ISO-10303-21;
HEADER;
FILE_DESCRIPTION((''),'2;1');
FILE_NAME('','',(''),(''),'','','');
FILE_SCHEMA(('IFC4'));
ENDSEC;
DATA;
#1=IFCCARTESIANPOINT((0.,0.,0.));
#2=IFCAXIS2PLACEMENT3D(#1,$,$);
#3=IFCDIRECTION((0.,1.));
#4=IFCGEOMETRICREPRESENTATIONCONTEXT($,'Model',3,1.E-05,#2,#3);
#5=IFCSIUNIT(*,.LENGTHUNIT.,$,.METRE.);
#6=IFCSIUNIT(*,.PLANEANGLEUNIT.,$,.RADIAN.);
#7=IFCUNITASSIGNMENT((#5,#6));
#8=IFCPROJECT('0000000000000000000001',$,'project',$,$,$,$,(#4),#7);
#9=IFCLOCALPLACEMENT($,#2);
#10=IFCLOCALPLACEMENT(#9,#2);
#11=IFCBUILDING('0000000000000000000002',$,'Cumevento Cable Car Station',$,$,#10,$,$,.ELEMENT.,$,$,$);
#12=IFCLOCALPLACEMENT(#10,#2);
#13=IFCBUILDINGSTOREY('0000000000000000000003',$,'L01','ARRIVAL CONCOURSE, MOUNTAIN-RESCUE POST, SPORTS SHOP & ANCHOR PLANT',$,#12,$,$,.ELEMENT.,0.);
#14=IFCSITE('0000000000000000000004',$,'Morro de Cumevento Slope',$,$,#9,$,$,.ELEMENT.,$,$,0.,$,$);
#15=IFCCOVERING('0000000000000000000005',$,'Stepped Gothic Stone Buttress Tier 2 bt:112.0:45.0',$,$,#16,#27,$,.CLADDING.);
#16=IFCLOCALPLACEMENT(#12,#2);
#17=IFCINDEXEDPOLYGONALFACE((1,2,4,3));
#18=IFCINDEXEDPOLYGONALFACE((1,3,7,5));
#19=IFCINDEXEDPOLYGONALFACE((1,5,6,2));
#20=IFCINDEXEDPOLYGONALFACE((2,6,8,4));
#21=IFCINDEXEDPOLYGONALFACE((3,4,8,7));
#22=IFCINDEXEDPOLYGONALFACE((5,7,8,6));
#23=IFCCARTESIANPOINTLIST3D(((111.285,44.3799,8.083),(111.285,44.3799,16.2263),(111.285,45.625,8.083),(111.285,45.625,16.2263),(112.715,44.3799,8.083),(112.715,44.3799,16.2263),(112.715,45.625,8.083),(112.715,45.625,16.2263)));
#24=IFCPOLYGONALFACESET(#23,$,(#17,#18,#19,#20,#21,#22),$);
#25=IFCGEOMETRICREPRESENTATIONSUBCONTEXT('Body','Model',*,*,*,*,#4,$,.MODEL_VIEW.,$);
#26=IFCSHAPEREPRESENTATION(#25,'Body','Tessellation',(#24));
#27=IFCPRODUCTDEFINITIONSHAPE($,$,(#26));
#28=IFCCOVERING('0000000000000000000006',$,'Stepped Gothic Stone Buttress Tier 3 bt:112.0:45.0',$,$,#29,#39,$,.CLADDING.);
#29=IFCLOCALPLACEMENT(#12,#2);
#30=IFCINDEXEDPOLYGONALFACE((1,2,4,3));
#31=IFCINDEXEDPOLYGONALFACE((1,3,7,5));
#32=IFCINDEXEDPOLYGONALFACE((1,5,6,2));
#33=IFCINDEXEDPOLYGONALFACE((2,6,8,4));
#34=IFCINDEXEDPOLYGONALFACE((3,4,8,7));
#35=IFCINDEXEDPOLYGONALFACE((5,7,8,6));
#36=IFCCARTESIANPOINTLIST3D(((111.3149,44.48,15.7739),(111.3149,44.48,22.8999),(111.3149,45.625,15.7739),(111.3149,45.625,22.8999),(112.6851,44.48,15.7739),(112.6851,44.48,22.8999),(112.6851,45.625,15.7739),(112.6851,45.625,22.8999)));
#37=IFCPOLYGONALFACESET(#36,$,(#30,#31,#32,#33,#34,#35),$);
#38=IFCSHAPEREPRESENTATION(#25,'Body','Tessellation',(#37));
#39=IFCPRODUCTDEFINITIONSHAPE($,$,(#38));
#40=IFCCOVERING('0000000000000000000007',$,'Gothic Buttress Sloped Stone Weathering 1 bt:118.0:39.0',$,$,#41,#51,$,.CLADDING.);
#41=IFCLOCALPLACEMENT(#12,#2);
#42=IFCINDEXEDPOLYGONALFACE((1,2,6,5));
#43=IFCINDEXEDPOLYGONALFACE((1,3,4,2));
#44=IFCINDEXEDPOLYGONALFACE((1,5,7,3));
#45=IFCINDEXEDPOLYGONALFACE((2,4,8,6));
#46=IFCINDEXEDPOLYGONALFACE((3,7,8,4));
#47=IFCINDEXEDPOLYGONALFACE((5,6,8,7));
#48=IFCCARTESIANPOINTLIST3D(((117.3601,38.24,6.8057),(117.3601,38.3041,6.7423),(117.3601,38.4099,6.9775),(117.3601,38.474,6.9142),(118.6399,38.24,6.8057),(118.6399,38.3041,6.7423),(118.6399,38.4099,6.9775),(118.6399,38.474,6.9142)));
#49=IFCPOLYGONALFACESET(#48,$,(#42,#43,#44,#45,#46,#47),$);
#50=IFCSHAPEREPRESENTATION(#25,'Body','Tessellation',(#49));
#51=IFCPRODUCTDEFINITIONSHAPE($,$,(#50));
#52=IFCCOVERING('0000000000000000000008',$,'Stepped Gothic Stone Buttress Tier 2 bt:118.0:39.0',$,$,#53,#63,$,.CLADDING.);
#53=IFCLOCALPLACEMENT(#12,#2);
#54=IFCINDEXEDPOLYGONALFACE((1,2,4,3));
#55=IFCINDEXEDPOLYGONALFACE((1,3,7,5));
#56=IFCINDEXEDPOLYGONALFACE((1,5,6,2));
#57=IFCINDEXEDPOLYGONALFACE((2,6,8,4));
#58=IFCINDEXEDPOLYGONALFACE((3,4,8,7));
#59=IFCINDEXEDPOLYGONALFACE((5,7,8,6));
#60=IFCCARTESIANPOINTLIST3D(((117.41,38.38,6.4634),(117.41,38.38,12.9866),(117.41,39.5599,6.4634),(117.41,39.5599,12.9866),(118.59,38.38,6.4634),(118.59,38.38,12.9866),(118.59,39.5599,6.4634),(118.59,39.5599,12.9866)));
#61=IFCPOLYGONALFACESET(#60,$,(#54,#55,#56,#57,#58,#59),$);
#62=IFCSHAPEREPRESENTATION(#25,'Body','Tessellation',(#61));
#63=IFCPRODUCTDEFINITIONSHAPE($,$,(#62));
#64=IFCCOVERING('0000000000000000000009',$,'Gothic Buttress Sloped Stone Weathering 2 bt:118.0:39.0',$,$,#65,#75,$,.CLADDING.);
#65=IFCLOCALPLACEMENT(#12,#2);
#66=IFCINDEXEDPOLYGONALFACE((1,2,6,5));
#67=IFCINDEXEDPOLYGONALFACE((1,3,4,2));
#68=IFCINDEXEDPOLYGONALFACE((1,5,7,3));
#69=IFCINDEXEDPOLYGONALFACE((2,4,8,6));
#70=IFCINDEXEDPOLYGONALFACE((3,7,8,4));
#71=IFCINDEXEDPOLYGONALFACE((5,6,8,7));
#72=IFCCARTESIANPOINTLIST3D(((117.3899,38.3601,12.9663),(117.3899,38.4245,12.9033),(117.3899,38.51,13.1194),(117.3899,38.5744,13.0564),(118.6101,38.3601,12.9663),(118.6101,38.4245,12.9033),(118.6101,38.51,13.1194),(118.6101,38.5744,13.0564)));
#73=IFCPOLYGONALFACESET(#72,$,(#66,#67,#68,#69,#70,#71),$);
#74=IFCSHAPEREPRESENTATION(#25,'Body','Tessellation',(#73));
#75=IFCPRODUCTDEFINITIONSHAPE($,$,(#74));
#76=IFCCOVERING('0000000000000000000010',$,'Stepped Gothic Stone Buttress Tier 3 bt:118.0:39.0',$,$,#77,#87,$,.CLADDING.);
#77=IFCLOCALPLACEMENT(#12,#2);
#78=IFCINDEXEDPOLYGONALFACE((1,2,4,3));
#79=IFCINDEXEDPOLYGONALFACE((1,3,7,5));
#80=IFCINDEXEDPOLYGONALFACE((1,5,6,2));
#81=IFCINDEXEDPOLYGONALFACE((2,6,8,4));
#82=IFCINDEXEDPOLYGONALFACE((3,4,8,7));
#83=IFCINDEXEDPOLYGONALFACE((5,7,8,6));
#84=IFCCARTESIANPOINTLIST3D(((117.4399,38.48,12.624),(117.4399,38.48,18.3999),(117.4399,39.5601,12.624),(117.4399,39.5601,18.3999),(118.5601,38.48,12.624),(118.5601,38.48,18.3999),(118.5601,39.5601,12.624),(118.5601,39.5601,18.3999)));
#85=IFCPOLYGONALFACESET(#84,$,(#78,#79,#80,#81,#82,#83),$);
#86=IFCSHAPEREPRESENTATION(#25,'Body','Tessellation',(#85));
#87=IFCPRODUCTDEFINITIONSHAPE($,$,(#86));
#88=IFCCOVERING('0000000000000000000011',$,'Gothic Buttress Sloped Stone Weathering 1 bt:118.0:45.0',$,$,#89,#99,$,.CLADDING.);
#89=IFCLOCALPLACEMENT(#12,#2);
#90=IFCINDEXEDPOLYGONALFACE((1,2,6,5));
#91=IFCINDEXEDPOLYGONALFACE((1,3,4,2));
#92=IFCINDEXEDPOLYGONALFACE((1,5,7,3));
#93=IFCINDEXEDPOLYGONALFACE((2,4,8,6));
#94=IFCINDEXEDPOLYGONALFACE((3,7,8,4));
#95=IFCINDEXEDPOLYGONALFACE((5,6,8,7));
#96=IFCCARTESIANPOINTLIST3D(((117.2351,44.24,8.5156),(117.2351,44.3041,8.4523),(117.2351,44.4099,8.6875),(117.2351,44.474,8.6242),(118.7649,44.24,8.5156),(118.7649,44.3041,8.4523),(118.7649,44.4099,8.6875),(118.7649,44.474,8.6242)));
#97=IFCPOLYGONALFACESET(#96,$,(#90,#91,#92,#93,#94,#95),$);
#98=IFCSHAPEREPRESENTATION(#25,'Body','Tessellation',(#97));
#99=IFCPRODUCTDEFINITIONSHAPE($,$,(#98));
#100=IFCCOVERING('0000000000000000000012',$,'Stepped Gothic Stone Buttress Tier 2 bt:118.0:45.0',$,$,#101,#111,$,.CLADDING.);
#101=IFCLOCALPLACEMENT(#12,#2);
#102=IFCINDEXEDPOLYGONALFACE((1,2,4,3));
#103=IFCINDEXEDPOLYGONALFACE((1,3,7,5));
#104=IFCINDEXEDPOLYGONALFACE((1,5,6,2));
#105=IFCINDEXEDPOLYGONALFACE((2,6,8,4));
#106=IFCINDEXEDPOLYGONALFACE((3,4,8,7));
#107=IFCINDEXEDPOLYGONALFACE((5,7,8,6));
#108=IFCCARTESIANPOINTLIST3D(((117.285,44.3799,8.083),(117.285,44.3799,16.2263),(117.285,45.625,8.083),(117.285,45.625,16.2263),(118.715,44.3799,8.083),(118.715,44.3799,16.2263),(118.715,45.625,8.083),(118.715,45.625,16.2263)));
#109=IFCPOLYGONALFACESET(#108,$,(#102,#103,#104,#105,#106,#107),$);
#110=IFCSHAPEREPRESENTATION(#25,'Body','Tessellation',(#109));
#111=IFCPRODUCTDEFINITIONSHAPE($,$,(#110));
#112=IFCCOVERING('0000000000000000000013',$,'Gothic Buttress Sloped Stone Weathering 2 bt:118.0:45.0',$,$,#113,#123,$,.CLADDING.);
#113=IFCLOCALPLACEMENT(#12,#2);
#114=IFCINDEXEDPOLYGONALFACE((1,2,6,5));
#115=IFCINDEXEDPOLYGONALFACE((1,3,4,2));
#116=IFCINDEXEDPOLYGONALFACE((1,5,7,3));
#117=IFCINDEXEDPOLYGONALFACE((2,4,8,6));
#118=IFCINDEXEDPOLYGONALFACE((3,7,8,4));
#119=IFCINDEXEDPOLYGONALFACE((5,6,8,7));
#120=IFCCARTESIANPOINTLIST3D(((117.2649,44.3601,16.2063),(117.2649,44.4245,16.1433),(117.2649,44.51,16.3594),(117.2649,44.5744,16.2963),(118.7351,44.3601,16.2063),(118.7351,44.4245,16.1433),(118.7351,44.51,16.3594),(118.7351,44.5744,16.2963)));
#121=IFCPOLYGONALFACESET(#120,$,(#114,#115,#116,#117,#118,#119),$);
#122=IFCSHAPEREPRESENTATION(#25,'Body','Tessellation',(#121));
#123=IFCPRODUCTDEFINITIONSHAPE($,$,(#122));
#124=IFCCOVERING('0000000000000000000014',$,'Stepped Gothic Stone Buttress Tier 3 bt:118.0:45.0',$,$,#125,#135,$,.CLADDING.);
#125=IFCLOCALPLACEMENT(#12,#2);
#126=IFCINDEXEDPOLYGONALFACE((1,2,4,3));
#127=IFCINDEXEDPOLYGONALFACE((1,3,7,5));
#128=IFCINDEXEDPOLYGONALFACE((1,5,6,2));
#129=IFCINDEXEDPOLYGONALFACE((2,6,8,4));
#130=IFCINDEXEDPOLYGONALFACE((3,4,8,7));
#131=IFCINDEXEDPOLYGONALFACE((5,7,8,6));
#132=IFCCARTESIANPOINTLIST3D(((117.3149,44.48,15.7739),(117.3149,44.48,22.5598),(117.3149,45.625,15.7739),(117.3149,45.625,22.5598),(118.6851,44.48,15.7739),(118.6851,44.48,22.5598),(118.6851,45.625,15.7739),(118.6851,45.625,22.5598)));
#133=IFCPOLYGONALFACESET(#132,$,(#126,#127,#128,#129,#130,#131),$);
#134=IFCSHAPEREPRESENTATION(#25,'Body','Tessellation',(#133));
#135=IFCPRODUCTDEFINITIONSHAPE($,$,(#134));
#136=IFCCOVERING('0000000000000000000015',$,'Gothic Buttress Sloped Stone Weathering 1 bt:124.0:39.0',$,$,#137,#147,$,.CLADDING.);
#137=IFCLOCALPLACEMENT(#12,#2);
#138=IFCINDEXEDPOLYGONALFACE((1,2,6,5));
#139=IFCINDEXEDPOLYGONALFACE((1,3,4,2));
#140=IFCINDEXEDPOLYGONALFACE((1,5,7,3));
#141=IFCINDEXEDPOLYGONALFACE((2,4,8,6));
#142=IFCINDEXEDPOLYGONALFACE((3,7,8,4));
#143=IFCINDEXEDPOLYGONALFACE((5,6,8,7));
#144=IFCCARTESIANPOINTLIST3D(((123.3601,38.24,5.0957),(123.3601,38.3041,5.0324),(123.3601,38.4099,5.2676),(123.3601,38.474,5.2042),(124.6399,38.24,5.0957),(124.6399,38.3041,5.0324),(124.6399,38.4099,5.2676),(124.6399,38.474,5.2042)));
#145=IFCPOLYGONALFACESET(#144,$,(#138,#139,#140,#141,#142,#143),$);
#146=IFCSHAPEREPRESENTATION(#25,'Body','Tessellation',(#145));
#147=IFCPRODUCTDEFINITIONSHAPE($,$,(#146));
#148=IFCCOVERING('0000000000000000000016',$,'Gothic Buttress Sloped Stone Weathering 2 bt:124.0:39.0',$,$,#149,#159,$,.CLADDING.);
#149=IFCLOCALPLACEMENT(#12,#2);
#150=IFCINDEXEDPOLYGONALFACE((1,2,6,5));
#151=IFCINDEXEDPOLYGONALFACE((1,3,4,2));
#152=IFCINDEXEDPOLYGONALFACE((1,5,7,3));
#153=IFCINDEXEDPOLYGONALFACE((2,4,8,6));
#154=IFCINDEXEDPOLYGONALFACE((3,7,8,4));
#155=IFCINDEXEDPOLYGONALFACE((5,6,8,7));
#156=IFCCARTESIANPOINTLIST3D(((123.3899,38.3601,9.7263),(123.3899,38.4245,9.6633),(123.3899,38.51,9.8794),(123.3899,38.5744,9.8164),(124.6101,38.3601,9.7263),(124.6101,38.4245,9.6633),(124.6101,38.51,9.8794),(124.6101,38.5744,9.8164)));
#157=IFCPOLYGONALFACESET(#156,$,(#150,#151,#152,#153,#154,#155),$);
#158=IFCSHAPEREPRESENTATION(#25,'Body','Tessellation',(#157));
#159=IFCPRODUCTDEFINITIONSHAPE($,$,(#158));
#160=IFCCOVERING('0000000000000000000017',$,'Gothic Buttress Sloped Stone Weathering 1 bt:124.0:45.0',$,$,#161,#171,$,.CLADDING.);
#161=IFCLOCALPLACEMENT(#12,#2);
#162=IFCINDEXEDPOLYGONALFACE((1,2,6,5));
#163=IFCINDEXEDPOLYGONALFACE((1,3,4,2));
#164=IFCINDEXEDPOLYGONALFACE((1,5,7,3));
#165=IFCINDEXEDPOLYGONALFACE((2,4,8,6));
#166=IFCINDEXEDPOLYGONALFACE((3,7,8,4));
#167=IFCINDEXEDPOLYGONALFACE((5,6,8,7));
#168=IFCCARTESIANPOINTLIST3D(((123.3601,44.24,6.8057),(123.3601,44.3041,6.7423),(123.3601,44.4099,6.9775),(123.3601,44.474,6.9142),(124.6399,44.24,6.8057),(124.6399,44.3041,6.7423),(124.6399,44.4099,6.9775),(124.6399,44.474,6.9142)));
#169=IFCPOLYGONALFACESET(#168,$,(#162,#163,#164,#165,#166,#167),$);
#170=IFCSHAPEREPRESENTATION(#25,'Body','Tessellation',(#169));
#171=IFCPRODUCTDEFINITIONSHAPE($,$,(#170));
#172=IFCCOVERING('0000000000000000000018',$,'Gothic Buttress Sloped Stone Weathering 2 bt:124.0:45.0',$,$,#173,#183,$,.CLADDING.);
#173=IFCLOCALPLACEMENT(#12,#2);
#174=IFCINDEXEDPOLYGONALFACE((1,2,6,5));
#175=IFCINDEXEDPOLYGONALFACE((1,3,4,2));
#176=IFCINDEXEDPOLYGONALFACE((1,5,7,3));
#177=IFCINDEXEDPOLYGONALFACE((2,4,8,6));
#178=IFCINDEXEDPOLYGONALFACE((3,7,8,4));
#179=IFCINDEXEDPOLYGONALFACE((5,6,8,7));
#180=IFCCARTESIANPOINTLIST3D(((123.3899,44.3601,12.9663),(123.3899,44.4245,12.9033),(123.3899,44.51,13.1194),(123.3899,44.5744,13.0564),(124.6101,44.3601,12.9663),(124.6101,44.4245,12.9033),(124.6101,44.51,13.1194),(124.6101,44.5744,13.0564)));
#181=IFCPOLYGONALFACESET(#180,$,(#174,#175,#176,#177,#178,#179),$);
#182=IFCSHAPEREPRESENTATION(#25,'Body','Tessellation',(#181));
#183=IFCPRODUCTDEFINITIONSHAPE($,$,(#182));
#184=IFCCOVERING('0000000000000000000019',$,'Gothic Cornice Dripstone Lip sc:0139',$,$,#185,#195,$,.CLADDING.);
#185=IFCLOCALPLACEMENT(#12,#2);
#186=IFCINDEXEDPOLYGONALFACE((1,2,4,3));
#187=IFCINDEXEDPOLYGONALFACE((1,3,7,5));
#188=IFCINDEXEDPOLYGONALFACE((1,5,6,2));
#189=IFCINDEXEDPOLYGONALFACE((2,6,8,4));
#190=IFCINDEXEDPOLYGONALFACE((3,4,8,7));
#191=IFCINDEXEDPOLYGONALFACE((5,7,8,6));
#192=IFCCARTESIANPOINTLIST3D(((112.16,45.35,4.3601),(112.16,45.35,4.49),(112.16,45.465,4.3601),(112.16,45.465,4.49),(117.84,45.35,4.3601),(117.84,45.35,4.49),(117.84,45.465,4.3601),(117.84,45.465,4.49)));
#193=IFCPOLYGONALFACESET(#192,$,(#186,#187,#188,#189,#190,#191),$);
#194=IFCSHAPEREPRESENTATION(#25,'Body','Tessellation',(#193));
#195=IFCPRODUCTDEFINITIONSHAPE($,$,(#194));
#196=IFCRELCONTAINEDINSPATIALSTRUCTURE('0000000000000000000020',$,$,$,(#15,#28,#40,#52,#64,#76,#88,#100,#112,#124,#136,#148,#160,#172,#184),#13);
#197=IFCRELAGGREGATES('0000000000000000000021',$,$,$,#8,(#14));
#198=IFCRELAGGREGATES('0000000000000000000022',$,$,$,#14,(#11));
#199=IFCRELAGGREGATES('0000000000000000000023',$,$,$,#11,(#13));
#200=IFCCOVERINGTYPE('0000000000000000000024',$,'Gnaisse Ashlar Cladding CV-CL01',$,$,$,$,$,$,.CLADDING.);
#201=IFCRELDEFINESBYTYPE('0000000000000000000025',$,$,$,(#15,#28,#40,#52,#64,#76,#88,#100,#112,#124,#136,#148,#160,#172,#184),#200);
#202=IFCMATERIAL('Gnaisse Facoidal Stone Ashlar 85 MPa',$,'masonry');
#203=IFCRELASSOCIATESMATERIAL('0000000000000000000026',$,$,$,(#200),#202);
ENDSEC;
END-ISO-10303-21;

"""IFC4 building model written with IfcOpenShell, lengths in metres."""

from ifc_helpers import new_model, si_unit, direction, frame, origin, origin_2d, place, context, subcontext, project, spatial, polyline, rectangle, outline, extrude, material, type_object, element, save


model = new_model("IFC4")

# Units and contexts
model_context = context("Model", 3, precision=1e-05, world=origin(), true_north=direction((0.0, 1.0)))
body_context = subcontext(model_context, "Body", "Model", "MODEL_VIEW")
ifc_project = project(units=[si_unit("LENGTHUNIT", "METRE"), si_unit("PLANEANGLEUNIT", "RADIAN")], contexts=[model_context])

# Site, building, storey
site_placement = place(None, origin())
site = spatial("IfcSite", under=ifc_project, at=site_placement, Name="Morro de Cumevento Slope", CompositionType="ELEMENT", RefElevation=0.0)
building_placement = place(site_placement, origin())
building = spatial("IfcBuilding", under=site, at=building_placement, Name="Cumevento Cable Car Station", CompositionType="ELEMENT")
storey_placement = place(building_placement, origin())
storey = spatial("IfcBuildingStorey", under=building, at=storey_placement, Name="L01", Description="ARRIVAL CONCOURSE, MOUNTAIN-RESCUE POST, SPORTS SHOP & ANCHOR PLANT", CompositionType="ELEMENT", Elevation=0.0)

# Coverings
ifc_material = material(Name="Gnaisse Facoidal Stone Ashlar 85 MPa", Category="masonry")
covering_type = type_object("IfcCoveringType", Name="Gnaisse Ashlar Cladding CV-CL01", PredefinedType="CLADDING", material=ifc_material)
covering_1_placement = place(storey_placement, frame((112.0, 45.0024, 8.083), z_axis=(0.0, 0.0, 1.0), x_axis=(1.0, 0.0, 0.0)))
element("IfcCovering", 1, at=covering_1_placement, inside=storey, type_object=covering_type, Name="Stepped Gothic Stone Buttress Tier 2 bt:112.0:45.0", PredefinedType="CLADDING", context=body_context, shape_type="SweptSolid", body=[
    extrude(rectangle(XDim=1.4299, YDim=1.2451, at=origin_2d()), origin(), (0.0, 0.0, 1.0), 8.1433),
])
covering_2_placement = place(storey_placement, frame((112.0, 45.0525, 15.7739), z_axis=(0.0, 0.0, 1.0), x_axis=(1.0, 0.0, 0.0)))
element("IfcCovering", 2, at=covering_2_placement, inside=storey, type_object=covering_type, Name="Stepped Gothic Stone Buttress Tier 3 bt:112.0:45.0", PredefinedType="CLADDING", context=body_context, shape_type="SweptSolid", body=[
    extrude(rectangle(XDim=1.3701, YDim=1.145, at=origin_2d()), origin(), (0.0, 0.0, 1.0), 7.126),
])
covering_3_placement = place(storey_placement, frame((117.3601, 38.24, 6.8057), z_axis=(0.0, -0.711136, 0.703055), x_axis=(1.0, 0.0, 0.0)))
element("IfcCovering", 3, at=covering_3_placement, inside=storey, type_object=covering_type, Name="Gothic Buttress Sloped Stone Weathering 1 bt:118.0:39.0", PredefinedType="CLADDING", context=body_context, shape_type="SweptSolid", body=[
    extrude(outline(polyline([(0.0, 0.0), (1.2798, 0.0), (1.2798, 0.2417), (0.0, 0.2417), (0.0, 0.0)])), origin(), (0.0, 0.0, -1.0), 0.0901),
])
covering_4_placement = place(storey_placement, frame((118.0, 38.97, 6.4634), z_axis=(0.0, 0.0, 1.0), x_axis=(1.0, 0.0, 0.0)))
element("IfcCovering", 4, at=covering_4_placement, inside=storey, type_object=covering_type, Name="Stepped Gothic Stone Buttress Tier 2 bt:118.0:39.0", PredefinedType="CLADDING", context=body_context, shape_type="SweptSolid", body=[
    extrude(rectangle(XDim=1.1799, YDim=1.1799, at=origin_2d()), origin(), (0.0, 0.0, 1.0), 6.5232),
])
covering_5_placement = place(storey_placement, frame((117.3899, 38.3601, 12.9663), z_axis=(0.0, -0.714475, 0.699661), x_axis=(1.0, 0.0, 0.0)))
element("IfcCovering", 5, at=covering_5_placement, inside=storey, type_object=covering_type, Name="Gothic Buttress Sloped Stone Weathering 2 bt:118.0:39.0", PredefinedType="CLADDING", context=body_context, shape_type="SweptSolid", body=[
    extrude(outline(polyline([(0.0, 0.0), (1.2202, 0.0), (1.2202, 0.2142), (0.0, 0.2142), (0.0, 0.0)])), origin(), (0.0, 0.0, -1.0), 0.0901),
])
covering_6_placement = place(storey_placement, frame((118.0, 39.02, 12.624), z_axis=(0.0, 0.0, 1.0), x_axis=(1.0, 0.0, 0.0)))
element("IfcCovering", 6, at=covering_6_placement, inside=storey, type_object=covering_type, Name="Stepped Gothic Stone Buttress Tier 3 bt:118.0:39.0", PredefinedType="CLADDING", context=body_context, shape_type="SweptSolid", body=[
    extrude(rectangle(XDim=1.1201, YDim=1.0801, at=origin_2d()), origin(), (0.0, 0.0, 1.0), 5.7759),
])
covering_7_placement = place(storey_placement, frame((117.2351, 44.24, 8.5156), z_axis=(0.0, -0.711136, 0.703055), x_axis=(1.0, 0.0, 0.0)))
element("IfcCovering", 7, at=covering_7_placement, inside=storey, type_object=covering_type, Name="Gothic Buttress Sloped Stone Weathering 1 bt:118.0:45.0", PredefinedType="CLADDING", context=body_context, shape_type="SweptSolid", body=[
    extrude(outline(polyline([(0.0, 0.0), (1.5298, 0.0), (1.5298, 0.2417), (0.0, 0.2417), (0.0, 0.0)])), origin(), (0.0, 0.0, -1.0), 0.0901),
])
covering_8_placement = place(storey_placement, frame((118.0, 45.0024, 8.083), z_axis=(0.0, 0.0, 1.0), x_axis=(1.0, 0.0, 0.0)))
element("IfcCovering", 8, at=covering_8_placement, inside=storey, type_object=covering_type, Name="Stepped Gothic Stone Buttress Tier 2 bt:118.0:45.0", PredefinedType="CLADDING", context=body_context, shape_type="SweptSolid", body=[
    extrude(rectangle(XDim=1.4299, YDim=1.2451, at=origin_2d()), origin(), (0.0, 0.0, 1.0), 8.1433),
])
covering_9_placement = place(storey_placement, frame((117.2649, 44.3601, 16.2063), z_axis=(0.0, -0.714475, 0.699661), x_axis=(1.0, 0.0, 0.0)))
element("IfcCovering", 9, at=covering_9_placement, inside=storey, type_object=covering_type, Name="Gothic Buttress Sloped Stone Weathering 2 bt:118.0:45.0", PredefinedType="CLADDING", context=body_context, shape_type="SweptSolid", body=[
    extrude(outline(polyline([(0.0, 0.0), (1.4702, 0.0), (1.4702, 0.2142), (0.0, 0.2142), (0.0, 0.0)])), origin(), (0.0, 0.0, -1.0), 0.0901),
])
covering_10_placement = place(storey_placement, frame((118.0, 45.0525, 15.7739), z_axis=(0.0, 0.0, 1.0), x_axis=(1.0, 0.0, 0.0)))
element("IfcCovering", 10, at=covering_10_placement, inside=storey, type_object=covering_type, Name="Stepped Gothic Stone Buttress Tier 3 bt:118.0:45.0", PredefinedType="CLADDING", context=body_context, shape_type="SweptSolid", body=[
    extrude(rectangle(XDim=1.3701, YDim=1.145, at=origin_2d()), origin(), (0.0, 0.0, 1.0), 6.7859),
])
covering_11_placement = place(storey_placement, frame((123.3601, 38.24, 5.0957), z_axis=(0.0, -0.711136, 0.703055), x_axis=(1.0, 0.0, 0.0)))
element("IfcCovering", 11, at=covering_11_placement, inside=storey, type_object=covering_type, Name="Gothic Buttress Sloped Stone Weathering 1 bt:124.0:39.0", PredefinedType="CLADDING", context=body_context, shape_type="SweptSolid", body=[
    extrude(outline(polyline([(0.0, 0.0), (1.2798, 0.0), (1.2798, 0.2417), (0.0, 0.2417), (0.0, 0.0)])), origin(), (0.0, 0.0, -1.0), 0.0901),
])
covering_12_placement = place(storey_placement, frame((123.3899, 38.3601, 9.7263), z_axis=(0.0, -0.714475, 0.699661), x_axis=(1.0, 0.0, 0.0)))
element("IfcCovering", 12, at=covering_12_placement, inside=storey, type_object=covering_type, Name="Gothic Buttress Sloped Stone Weathering 2 bt:124.0:39.0", PredefinedType="CLADDING", context=body_context, shape_type="SweptSolid", body=[
    extrude(outline(polyline([(0.0, 0.0), (1.2202, 0.0), (1.2202, 0.2142), (0.0, 0.2142), (0.0, 0.0)])), origin(), (0.0, 0.0, -1.0), 0.0901),
])
covering_13_placement = place(storey_placement, frame((123.3601, 44.24, 6.8057), z_axis=(0.0, -0.711136, 0.703055), x_axis=(1.0, 0.0, 0.0)))
element("IfcCovering", 13, at=covering_13_placement, inside=storey, type_object=covering_type, Name="Gothic Buttress Sloped Stone Weathering 1 bt:124.0:45.0", PredefinedType="CLADDING", context=body_context, shape_type="SweptSolid", body=[
    extrude(outline(polyline([(0.0, 0.0), (1.2798, 0.0), (1.2798, 0.2417), (0.0, 0.2417), (0.0, 0.0)])), origin(), (0.0, 0.0, -1.0), 0.0901),
])
covering_14_placement = place(storey_placement, frame((123.3899, 44.3601, 12.9663), z_axis=(0.0, -0.714475, 0.699661), x_axis=(1.0, 0.0, 0.0)))
element("IfcCovering", 14, at=covering_14_placement, inside=storey, type_object=covering_type, Name="Gothic Buttress Sloped Stone Weathering 2 bt:124.0:45.0", PredefinedType="CLADDING", context=body_context, shape_type="SweptSolid", body=[
    extrude(outline(polyline([(0.0, 0.0), (1.2202, 0.0), (1.2202, 0.2142), (0.0, 0.2142), (0.0, 0.0)])), origin(), (0.0, 0.0, -1.0), 0.0901),
])
covering_15_placement = place(storey_placement, frame((115.0, 45.4075, 4.3601), z_axis=(0.0, 0.0, 1.0), x_axis=(1.0, 0.0, 0.0)))
element("IfcCovering", 15, at=covering_15_placement, inside=storey, type_object=covering_type, Name="Gothic Cornice Dripstone Lip sc:0139", PredefinedType="CLADDING", context=body_context, shape_type="SweptSolid", body=[
    extrude(rectangle(XDim=5.6799, YDim=0.115, at=origin_2d()), origin(), (0.0, 0.0, 1.0), 0.1299),
])

save(model, "model.ifc")
